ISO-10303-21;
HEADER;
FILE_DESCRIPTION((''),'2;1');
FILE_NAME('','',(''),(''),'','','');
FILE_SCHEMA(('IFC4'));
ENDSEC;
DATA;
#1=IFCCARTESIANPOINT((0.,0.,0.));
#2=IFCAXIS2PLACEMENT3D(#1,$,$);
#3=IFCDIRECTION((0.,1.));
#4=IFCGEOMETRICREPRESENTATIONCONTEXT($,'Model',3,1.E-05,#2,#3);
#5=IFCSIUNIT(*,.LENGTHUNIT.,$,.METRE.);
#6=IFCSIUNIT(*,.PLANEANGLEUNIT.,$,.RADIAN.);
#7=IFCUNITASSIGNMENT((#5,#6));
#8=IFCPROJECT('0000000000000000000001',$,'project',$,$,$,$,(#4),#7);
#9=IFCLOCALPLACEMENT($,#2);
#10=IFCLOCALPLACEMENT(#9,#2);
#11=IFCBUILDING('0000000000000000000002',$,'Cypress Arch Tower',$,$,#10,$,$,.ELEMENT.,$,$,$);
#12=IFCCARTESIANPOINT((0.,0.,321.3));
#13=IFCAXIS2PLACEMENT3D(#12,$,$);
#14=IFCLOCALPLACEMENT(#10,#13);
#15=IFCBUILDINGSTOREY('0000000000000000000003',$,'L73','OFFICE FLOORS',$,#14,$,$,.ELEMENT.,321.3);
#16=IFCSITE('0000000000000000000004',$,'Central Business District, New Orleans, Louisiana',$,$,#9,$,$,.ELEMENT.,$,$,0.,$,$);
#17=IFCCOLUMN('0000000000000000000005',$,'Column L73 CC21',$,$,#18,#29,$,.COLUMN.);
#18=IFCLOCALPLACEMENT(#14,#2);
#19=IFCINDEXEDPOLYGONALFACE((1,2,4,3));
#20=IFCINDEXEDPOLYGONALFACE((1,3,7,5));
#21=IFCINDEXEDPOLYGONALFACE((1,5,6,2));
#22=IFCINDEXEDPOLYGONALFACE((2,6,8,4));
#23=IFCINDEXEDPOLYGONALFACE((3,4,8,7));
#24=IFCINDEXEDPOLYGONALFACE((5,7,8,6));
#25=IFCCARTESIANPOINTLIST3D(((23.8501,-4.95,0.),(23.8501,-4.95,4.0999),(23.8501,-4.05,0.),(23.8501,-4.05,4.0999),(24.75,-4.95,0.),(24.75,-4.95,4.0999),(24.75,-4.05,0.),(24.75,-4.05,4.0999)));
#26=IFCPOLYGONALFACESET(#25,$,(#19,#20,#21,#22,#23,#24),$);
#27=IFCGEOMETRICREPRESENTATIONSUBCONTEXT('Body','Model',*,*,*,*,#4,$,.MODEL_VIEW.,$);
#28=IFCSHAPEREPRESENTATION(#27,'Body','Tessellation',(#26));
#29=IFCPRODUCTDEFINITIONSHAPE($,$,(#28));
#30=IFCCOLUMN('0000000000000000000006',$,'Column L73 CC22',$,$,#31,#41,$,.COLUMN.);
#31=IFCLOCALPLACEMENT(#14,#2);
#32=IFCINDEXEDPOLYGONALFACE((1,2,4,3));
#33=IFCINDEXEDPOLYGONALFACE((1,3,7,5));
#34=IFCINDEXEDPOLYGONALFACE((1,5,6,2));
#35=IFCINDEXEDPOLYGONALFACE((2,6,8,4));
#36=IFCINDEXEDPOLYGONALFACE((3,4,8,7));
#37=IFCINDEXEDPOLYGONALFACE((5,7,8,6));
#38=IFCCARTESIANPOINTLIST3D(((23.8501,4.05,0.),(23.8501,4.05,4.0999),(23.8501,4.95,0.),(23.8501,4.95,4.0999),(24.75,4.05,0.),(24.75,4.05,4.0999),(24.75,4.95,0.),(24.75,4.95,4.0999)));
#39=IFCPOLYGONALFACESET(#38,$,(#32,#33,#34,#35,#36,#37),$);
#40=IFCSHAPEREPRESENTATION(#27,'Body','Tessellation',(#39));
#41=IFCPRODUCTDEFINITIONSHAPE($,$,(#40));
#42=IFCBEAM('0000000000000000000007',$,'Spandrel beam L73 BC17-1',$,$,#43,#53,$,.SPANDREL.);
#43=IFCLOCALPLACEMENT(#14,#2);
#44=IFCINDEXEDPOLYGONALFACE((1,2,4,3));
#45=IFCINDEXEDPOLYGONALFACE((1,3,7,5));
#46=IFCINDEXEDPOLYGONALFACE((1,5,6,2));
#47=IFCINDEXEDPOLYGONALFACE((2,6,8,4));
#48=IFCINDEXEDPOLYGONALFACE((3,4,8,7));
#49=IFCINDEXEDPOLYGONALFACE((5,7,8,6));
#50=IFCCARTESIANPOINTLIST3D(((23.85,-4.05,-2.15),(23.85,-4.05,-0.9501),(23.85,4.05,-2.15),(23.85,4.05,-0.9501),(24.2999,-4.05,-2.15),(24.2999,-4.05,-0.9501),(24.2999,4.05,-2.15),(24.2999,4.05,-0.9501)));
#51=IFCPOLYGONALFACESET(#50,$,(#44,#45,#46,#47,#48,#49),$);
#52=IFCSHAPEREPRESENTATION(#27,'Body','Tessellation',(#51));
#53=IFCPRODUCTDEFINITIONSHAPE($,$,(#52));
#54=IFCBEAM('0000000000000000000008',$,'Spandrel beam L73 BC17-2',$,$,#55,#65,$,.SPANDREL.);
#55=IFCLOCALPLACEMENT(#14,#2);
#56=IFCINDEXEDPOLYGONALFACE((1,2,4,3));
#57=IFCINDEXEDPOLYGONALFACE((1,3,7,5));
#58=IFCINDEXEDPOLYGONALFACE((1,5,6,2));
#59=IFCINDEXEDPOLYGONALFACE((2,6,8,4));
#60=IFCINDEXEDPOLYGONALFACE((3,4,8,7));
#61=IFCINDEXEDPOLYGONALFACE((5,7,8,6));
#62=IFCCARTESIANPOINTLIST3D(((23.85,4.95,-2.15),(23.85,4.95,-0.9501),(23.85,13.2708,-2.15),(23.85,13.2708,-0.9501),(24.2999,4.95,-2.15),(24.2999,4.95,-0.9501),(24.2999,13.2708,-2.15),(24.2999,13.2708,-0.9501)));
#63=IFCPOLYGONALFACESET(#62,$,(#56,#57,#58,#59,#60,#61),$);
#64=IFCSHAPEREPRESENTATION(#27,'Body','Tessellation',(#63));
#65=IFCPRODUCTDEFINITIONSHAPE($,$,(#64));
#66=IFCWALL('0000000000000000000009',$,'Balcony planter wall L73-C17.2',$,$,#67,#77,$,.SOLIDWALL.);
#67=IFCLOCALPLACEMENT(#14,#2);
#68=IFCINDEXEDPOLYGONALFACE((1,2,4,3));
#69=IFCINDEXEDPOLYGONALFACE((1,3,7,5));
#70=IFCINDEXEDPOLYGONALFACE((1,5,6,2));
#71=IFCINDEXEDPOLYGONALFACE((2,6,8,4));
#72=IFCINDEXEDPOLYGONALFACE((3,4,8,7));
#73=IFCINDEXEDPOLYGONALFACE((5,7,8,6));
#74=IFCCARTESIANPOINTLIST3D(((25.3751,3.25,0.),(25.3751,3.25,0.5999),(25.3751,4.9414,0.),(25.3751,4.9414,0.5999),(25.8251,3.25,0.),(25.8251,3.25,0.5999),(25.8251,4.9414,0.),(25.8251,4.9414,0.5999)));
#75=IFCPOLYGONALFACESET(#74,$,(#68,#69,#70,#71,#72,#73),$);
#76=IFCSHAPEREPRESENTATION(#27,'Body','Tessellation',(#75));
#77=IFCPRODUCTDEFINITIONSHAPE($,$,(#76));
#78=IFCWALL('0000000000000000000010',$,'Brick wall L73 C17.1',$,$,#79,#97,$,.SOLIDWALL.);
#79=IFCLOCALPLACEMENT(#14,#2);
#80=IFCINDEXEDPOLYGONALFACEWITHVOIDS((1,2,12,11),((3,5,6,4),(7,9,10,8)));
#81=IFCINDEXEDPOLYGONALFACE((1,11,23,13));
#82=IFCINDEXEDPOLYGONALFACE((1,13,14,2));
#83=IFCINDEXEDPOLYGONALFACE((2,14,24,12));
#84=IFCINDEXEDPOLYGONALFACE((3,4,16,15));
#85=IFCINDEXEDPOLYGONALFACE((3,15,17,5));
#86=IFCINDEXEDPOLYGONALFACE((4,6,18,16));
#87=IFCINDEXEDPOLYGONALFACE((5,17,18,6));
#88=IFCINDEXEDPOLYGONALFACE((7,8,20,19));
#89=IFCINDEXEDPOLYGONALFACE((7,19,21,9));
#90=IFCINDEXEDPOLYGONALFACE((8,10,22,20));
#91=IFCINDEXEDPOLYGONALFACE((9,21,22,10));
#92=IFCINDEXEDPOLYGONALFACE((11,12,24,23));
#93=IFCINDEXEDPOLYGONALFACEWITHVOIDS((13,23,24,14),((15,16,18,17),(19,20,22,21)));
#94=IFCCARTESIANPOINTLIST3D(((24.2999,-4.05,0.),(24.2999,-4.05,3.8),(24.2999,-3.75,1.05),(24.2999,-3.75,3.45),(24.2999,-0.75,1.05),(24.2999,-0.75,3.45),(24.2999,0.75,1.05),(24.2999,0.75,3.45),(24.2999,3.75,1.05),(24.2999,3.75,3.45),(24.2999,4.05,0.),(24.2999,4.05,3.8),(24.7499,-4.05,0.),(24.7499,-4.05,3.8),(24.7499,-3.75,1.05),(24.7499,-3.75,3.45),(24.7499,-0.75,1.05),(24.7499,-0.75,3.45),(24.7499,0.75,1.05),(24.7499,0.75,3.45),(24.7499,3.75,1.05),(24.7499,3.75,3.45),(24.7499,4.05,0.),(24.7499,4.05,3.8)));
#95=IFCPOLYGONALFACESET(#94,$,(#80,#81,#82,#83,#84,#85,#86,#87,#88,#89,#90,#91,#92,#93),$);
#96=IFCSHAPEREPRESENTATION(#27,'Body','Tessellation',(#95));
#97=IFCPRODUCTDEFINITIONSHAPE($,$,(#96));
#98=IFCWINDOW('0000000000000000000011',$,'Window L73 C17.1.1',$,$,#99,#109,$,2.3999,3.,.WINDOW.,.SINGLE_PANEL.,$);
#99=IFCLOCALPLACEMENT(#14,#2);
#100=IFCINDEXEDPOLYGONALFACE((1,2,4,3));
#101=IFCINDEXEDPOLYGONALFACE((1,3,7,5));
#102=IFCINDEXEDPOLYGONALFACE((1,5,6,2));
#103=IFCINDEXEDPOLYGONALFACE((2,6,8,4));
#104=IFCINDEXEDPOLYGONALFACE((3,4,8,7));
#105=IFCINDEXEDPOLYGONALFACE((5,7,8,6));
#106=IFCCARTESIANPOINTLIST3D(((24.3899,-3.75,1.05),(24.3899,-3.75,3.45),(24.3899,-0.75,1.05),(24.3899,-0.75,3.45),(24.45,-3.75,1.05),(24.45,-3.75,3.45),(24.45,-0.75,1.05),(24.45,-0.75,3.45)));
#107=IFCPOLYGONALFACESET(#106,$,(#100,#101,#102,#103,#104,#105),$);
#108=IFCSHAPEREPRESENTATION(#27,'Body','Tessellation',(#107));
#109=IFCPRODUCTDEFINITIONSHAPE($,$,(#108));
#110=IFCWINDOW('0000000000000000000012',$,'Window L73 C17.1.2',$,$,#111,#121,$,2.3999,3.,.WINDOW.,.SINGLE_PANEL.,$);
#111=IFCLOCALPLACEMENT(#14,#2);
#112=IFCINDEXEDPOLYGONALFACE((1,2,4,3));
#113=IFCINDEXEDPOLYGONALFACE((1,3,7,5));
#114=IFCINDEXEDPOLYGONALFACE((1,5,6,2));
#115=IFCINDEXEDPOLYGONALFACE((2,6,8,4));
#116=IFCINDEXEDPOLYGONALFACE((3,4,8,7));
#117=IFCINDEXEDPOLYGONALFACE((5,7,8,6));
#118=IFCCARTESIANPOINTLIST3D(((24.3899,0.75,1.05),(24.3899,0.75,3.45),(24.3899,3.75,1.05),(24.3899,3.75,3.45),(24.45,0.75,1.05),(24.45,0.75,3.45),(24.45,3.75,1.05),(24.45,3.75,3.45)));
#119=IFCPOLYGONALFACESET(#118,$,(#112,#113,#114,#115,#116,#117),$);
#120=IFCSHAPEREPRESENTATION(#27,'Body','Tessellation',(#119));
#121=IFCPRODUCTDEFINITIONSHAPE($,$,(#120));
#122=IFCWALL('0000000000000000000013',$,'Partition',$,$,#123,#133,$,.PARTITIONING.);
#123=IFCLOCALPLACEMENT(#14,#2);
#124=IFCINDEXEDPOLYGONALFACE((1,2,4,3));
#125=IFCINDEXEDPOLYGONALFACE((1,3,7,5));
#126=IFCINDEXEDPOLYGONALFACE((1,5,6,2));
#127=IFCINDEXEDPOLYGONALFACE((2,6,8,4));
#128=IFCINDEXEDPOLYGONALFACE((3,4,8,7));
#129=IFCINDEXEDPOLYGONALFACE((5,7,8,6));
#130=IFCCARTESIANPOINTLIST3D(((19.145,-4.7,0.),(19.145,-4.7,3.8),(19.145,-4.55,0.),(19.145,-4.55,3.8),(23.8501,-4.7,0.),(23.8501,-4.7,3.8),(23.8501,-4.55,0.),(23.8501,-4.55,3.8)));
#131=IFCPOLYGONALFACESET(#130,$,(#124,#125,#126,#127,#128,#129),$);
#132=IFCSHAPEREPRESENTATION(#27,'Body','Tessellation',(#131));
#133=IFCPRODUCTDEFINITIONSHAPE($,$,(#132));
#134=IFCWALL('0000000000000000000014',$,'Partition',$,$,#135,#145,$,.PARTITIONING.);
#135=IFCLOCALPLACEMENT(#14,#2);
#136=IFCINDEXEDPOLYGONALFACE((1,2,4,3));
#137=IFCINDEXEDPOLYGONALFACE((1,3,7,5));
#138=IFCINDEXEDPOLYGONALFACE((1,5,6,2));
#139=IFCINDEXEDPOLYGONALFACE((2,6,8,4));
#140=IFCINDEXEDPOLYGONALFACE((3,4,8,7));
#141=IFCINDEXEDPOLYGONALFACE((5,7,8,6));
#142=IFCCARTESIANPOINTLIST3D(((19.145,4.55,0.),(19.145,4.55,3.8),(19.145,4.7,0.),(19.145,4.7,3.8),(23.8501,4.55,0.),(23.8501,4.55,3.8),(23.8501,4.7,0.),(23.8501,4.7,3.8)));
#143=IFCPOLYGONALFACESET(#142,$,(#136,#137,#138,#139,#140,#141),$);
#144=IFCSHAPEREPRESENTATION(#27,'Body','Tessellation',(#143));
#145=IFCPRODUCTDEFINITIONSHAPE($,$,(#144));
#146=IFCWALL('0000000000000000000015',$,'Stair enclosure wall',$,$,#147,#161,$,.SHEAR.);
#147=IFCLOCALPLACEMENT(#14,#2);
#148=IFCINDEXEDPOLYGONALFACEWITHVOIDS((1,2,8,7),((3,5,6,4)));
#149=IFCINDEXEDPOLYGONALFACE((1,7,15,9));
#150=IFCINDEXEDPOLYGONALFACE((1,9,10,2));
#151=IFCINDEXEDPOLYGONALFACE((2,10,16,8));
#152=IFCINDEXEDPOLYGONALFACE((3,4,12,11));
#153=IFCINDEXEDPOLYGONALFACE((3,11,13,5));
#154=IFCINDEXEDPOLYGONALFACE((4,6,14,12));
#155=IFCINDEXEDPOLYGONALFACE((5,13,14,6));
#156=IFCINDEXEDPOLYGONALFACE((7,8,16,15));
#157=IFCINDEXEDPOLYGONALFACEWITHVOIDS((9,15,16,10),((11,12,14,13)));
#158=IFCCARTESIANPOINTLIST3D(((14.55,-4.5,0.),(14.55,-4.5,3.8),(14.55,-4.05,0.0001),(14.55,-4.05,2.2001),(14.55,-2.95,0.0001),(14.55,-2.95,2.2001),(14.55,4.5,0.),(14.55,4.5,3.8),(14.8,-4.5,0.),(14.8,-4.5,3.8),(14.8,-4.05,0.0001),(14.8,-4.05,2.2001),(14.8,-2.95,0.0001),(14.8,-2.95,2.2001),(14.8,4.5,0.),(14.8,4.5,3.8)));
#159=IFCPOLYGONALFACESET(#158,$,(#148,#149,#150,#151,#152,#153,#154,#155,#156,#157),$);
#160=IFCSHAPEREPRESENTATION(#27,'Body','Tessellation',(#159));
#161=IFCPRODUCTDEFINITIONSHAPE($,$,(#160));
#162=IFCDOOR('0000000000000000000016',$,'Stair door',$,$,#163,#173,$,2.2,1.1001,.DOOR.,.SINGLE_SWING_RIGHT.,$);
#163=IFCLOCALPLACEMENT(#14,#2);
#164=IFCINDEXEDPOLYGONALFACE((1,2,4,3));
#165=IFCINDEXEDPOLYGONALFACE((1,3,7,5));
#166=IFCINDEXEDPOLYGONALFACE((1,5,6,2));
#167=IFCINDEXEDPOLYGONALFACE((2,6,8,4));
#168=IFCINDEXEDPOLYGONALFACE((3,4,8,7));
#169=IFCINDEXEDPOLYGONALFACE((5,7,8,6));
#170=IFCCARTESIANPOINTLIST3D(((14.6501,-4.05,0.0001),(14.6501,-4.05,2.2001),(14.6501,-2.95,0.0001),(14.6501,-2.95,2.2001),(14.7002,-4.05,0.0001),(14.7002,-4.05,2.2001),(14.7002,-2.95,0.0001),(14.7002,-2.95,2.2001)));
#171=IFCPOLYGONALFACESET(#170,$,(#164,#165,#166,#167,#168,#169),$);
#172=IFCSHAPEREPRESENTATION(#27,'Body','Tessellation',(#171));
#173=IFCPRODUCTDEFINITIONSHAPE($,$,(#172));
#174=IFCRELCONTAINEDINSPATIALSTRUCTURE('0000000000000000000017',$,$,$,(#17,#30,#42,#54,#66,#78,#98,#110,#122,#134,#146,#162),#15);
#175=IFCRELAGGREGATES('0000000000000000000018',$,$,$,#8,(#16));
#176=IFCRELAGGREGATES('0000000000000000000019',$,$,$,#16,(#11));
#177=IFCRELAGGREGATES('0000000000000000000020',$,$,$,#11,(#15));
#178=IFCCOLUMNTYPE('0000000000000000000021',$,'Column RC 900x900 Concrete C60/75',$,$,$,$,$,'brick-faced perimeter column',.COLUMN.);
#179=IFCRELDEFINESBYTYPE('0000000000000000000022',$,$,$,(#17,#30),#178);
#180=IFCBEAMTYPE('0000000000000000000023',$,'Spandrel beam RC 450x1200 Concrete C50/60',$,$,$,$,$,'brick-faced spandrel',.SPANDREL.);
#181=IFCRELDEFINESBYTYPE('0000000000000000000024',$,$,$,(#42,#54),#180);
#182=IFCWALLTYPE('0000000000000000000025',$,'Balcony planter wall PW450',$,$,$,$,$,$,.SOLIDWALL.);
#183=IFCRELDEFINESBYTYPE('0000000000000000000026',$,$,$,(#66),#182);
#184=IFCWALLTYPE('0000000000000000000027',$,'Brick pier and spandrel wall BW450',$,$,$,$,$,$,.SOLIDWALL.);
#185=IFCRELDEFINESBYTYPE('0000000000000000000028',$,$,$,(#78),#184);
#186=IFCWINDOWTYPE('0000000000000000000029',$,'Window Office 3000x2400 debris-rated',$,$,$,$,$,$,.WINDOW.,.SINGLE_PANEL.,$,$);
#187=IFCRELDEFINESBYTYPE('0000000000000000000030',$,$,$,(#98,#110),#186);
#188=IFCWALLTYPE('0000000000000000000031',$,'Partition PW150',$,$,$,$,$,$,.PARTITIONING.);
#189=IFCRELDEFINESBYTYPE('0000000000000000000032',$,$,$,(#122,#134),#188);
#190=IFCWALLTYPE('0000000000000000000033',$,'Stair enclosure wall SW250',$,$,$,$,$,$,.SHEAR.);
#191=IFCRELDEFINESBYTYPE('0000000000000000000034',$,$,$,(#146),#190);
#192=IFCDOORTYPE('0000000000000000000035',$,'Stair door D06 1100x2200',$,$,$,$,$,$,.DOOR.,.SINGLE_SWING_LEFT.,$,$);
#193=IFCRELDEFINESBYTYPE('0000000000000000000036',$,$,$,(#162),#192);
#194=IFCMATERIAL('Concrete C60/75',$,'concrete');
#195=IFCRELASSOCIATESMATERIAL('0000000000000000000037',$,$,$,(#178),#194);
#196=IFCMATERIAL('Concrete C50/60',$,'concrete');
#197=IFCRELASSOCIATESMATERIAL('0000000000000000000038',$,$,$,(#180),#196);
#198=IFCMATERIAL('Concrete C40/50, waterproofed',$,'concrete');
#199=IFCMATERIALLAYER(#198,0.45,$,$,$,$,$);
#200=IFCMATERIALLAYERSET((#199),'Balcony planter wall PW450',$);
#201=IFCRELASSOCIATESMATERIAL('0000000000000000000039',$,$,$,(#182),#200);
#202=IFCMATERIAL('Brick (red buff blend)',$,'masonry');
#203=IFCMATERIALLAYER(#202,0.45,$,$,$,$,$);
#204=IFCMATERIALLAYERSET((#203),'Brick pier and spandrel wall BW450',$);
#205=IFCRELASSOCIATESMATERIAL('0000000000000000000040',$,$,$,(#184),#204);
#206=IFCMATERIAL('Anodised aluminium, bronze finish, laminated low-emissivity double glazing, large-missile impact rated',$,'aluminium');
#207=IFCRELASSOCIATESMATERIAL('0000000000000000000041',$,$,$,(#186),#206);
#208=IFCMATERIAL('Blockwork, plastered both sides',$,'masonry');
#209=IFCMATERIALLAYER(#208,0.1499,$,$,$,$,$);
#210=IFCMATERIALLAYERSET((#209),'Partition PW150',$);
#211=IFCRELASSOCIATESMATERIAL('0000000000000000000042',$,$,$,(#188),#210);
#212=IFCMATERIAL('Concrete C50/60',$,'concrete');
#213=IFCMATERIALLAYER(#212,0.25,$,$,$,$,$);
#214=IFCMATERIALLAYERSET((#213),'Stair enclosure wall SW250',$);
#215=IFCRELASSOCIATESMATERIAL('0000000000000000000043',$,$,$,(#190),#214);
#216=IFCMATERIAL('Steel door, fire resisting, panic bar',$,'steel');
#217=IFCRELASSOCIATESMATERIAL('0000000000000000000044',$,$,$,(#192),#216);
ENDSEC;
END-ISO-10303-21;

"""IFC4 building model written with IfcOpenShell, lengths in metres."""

from ifc_helpers import new_model, si_unit, direction, frame, frame_2d, origin, origin_2d, place, context, subcontext, project, spatial, rectangle, extrude, material, layer, layer_set, material_profile, profile_set, type_object, element, fill, save


model = new_model("IFC4")

# Units and contexts
model_context = context("Model", 3, precision=1e-05, world=origin(), true_north=direction((0.0, 1.0)))
body_context = subcontext(model_context, "Body", "Model", "MODEL_VIEW")
ifc_project = project(units=[si_unit("LENGTHUNIT", "METRE"), si_unit("PLANEANGLEUNIT", "RADIAN")], contexts=[model_context])

# Site, building, storey
site_placement = place(None, origin())
site = spatial("IfcSite", under=ifc_project, at=site_placement, Name="Central Business District, New Orleans, Louisiana", CompositionType="ELEMENT", RefElevation=0.0)
building_placement = place(site_placement, origin())
building = spatial("IfcBuilding", under=site, at=building_placement, Name="Cypress Arch Tower", CompositionType="ELEMENT")
storey_placement = place(building_placement, frame((0.0, 0.0, 321.3)))
storey = spatial("IfcBuildingStorey", under=building, at=storey_placement, Name="L73", Description="OFFICE FLOORS", CompositionType="ELEMENT", Elevation=321.3)

# Columns
ifc_material_1 = material(Name="Concrete C60/75", Category="concrete")
ifc_material_profile_1 = material_profile(ifc_material_1, rectangle(XDim=0.8999, YDim=0.8999, at=origin_2d()), Name="RC 900x900")
ifc_profile_set_1 = profile_set([ifc_material_profile_1], Name="Concrete C60/75")
column_type = type_object("IfcColumnType", Name="Column RC 900x900 Concrete C60/75", ElementType="brick-faced perimeter column", PredefinedType="COLUMN", material=ifc_profile_set_1)
for number, where, z_axis, x_axis, name in (
    (1, (24.3, -4.5, 0.0), (0.0, 0.0, 1.0), (0.0, 1.0, 0.0), "Column L73 CC21"),
    (2, (24.3, 4.5, 0.0), (0.0, 0.0, 1.0), (0.0, 1.0, 0.0), "Column L73 CC22"),
):
    element("IfcColumn", number, at=place(storey_placement, frame(where, z_axis=z_axis, x_axis=x_axis)), inside=storey, type_object=column_type, Name=name, PredefinedType="COLUMN", context=body_context, shape_type="SweptSolid", body=[
        extrude(rectangle(XDim=0.8999, YDim=0.8999, at=origin_2d()), origin(), (0.0, 0.0, 1.0), 4.0999),
    ])

# Beams
ifc_material_2 = material(Name="Concrete C50/60", Category="concrete")
ifc_material_profile_2 = material_profile(ifc_material_2, rectangle(XDim=0.45, YDim=1.2, at=origin_2d()), Name="RC 450x1200")
ifc_profile_set_2 = profile_set([ifc_material_profile_2], Name="Concrete C50/60")
beam_type = type_object("IfcBeamType", Name="Spandrel beam RC 450x1200 Concrete C50/60", ElementType="brick-faced spandrel", PredefinedType="SPANDREL", material=ifc_profile_set_2)
beam_1_placement = place(storey_placement, frame((24.075, -4.05, -1.55), z_axis=(0.0, 1.0, 0.0), x_axis=(-1.0, 0.0, 0.0)))
element("IfcBeam", 3, at=beam_1_placement, inside=storey, type_object=beam_type, Name="Spandrel beam L73 BC17-1", PredefinedType="SPANDREL", context=body_context, shape_type="SweptSolid", body=[
    extrude(rectangle(XDim=0.45, YDim=1.2, at=origin_2d()), origin(), (0.0, 0.0, 1.0), 8.1001),
])
beam_2_placement = place(storey_placement, frame((24.075, 4.95, -1.55), z_axis=(0.0, 1.0, 0.0), x_axis=(-1.0, 0.0, 0.0)))
element("IfcBeam", 4, at=beam_2_placement, inside=storey, type_object=beam_type, Name="Spandrel beam L73 BC17-2", PredefinedType="SPANDREL", context=body_context, shape_type="SweptSolid", body=[
    extrude(rectangle(XDim=0.45, YDim=1.2, at=origin_2d()), origin(), (0.0, 0.0, 1.0), 8.3208),
])

# Wall
ifc_material_3 = material(Name="Concrete C40/50, waterproofed", Category="concrete")
ifc_layer_1 = layer(ifc_material_3, 0.45)
ifc_layer_set_1 = layer_set([ifc_layer_1], Name="Balcony planter wall PW450")
wall_type_1 = type_object("IfcWallType", Name="Balcony planter wall PW450", PredefinedType="SOLIDWALL", material=ifc_layer_set_1)
wall_1_placement = place(storey_placement, frame((25.6001, 3.25, 0.0), z_axis=(0.0, 0.0, 1.0), x_axis=(0.0, 1.0, 0.0)))
element("IfcWall", 5, at=wall_1_placement, inside=storey, type_object=wall_type_1, Name="Balcony planter wall L73-C17.2", PredefinedType="SOLIDWALL", context=body_context, shape_type="SweptSolid", body=[
    extrude(rectangle(XDim=1.6914, YDim=0.45, at=frame_2d((0.8457, 0.0))), origin(), (0.0, 0.0, 1.0), 0.5999),
])

# Wall, openings, windows
ifc_material_4 = material(Name="Brick (red buff blend)", Category="masonry")
ifc_layer_2 = layer(ifc_material_4, 0.45)
ifc_layer_set_2 = layer_set([ifc_layer_2], Name="Brick pier and spandrel wall BW450")
wall_type_2 = type_object("IfcWallType", Name="Brick pier and spandrel wall BW450", PredefinedType="SOLIDWALL", material=ifc_layer_set_2)
wall_2_placement = place(storey_placement, frame((24.5249, -4.05, 0.0), z_axis=(0.0, 0.0, 1.0), x_axis=(0.0, 1.0, 0.0)))
wall_2 = element("IfcWall", 6, at=wall_2_placement, inside=storey, type_object=wall_type_2, Name="Brick wall L73 C17.1", PredefinedType="SOLIDWALL", context=body_context, shape_type="SweptSolid", body=[
    extrude(rectangle(XDim=8.1001, YDim=0.45, at=frame_2d((4.05, 0.0))), origin(), (0.0, 0.0, 1.0), 3.8),
])
opening_1_placement = place(wall_2_placement, frame((0.3, 0.0, 1.05)))
opening_1 = element("IfcOpeningElement", 7, at=opening_1_placement, cuts=wall_2, PredefinedType="OPENING", context=body_context, shape_type="SweptSolid", body=[
    extrude(rectangle(XDim=3.0, YDim=2.3999, at=frame_2d((1.5, 1.2))), frame((0.0, 0.2349, 0.0), z_axis=(0.0, -1.0, 0.0), x_axis=(1.0, 0.0, 0.0)), (0.0, 0.0, 1.0), 0.47),
])
opening_2_placement = place(wall_2_placement, frame((4.8, 0.0, 1.05)))
opening_2 = element("IfcOpeningElement", 8, at=opening_2_placement, cuts=wall_2, PredefinedType="OPENING", context=body_context, shape_type="SweptSolid", body=[
    extrude(rectangle(XDim=3.0, YDim=2.3999, at=frame_2d((1.5, 1.2))), frame((0.0, 0.2349, 0.0), z_axis=(0.0, -1.0, 0.0), x_axis=(1.0, 0.0, 0.0)), (0.0, 0.0, 1.0), 0.47),
])
ifc_material_5 = material(Name="Anodised aluminium, bronze finish, laminated low-emissivity double glazing, large-missile impact rated", Category="aluminium")
window_type_1 = type_object("IfcWindowType", Name="Window Office 3000x2400 debris-rated", PartitioningType="SINGLE_PANEL", PredefinedType="WINDOW", material=ifc_material_5)
window_1_placement = place(opening_1_placement, origin())
window_1 = element("IfcWindow", 9, at=window_1_placement, inside=storey, type_object=window_type_1, Name="Window L73 C17.1.1", OverallHeight=2.3999, OverallWidth=3.0, PartitioningType="SINGLE_PANEL", PredefinedType="WINDOW", context=body_context, shape_type="SweptSolid", body=[
    extrude(rectangle(XDim=3.0, YDim=2.3999, at=frame_2d((1.5, 1.2))), frame((0.0, 0.135, 0.0), z_axis=(0.0, -1.0, 0.0), x_axis=(1.0, 0.0, 0.0)), (0.0, 0.0, 1.0), 0.0601),
])
fill(opening_1, window_1)
window_2_placement = place(opening_2_placement, origin())
window_2 = element("IfcWindow", 10, at=window_2_placement, inside=storey, type_object=window_type_1, Name="Window L73 C17.1.2", OverallHeight=2.3999, OverallWidth=3.0, PartitioningType="SINGLE_PANEL", PredefinedType="WINDOW", context=body_context, shape_type="SweptSolid", body=[
    extrude(rectangle(XDim=3.0, YDim=2.3999, at=frame_2d((1.5, 1.2))), frame((0.0, 0.135, 0.0), z_axis=(0.0, -1.0, 0.0), x_axis=(1.0, 0.0, 0.0)), (0.0, 0.0, 1.0), 0.0601),
])
fill(opening_2, window_2)

# Walls
ifc_material_6 = material(Name="Blockwork, plastered both sides", Category="masonry")
ifc_layer_3 = layer(ifc_material_6, 0.1499)
ifc_layer_set_3 = layer_set([ifc_layer_3], Name="Partition PW150")
wall_type_3 = type_object("IfcWallType", Name="Partition PW150", PredefinedType="PARTITIONING", material=ifc_layer_set_3)
for number, where, z_axis, x_axis, name in (
    (11, (19.145, -4.625, 0.0), (0.0, 0.0, 1.0), (1.0, 0.0, 0.0), "Partition"),
    (12, (19.145, 4.625, 0.0), (0.0, 0.0, 1.0), (1.0, 0.0, 0.0), "Partition"),
):
    element("IfcWall", number, at=place(storey_placement, frame(where, z_axis=z_axis, x_axis=x_axis)), inside=storey, type_object=wall_type_3, Name=name, PredefinedType="PARTITIONING", context=body_context, shape_type="SweptSolid", body=[
        extrude(rectangle(XDim=4.7051, YDim=0.1499, at=frame_2d((2.3525, 0.0))), origin(), (0.0, 0.0, 1.0), 3.8),
    ])

# Wall, opening, door
ifc_material_7 = material(Name="Concrete C50/60", Category="concrete")
ifc_layer_4 = layer(ifc_material_7, 0.25)
ifc_layer_set_4 = layer_set([ifc_layer_4], Name="Stair enclosure wall SW250")
wall_type_4 = type_object("IfcWallType", Name="Stair enclosure wall SW250", PredefinedType="SHEAR", material=ifc_layer_set_4)
wall_3_placement = place(storey_placement, frame((14.675, -4.5, 0.0), z_axis=(0.0, 0.0, 1.0), x_axis=(0.0, 1.0, 0.0)))
wall_3 = element("IfcWall", 13, at=wall_3_placement, inside=storey, type_object=wall_type_4, Name="Stair enclosure wall", PredefinedType="SHEAR", context=body_context, shape_type="SweptSolid", body=[
    extrude(rectangle(XDim=9.0, YDim=0.25, at=frame_2d((4.5, 0.0))), origin(), (0.0, 0.0, 1.0), 3.8),
])
opening_3_placement = place(wall_3_placement, frame((0.45, 0.0, 0.0)))
opening_3 = element("IfcOpeningElement", 14, at=opening_3_placement, cuts=wall_3, PredefinedType="OPENING", context=body_context, shape_type="SweptSolid", body=[
    extrude(rectangle(XDim=1.1001, YDim=2.2, at=frame_2d((0.55, 1.1001))), frame((0.0, 0.135, 0.0), z_axis=(0.0, -1.0, 0.0), x_axis=(1.0, 0.0, 0.0)), (0.0, 0.0, 1.0), 0.27),
])
ifc_material_8 = material(Name="Steel door, fire resisting, panic bar", Category="steel")
door_type_1 = type_object("IfcDoorType", Name="Stair door D06 1100x2200", OperationType="SINGLE_SWING_LEFT", PredefinedType="DOOR", material=ifc_material_8)
door_1_placement = place(opening_3_placement, origin())
door_1 = element("IfcDoor", 15, at=door_1_placement, inside=storey, type_object=door_type_1, Name="Stair door", OperationType="SINGLE_SWING_RIGHT", OverallHeight=2.2, OverallWidth=1.1001, PredefinedType="DOOR", context=body_context, shape_type="SweptSolid", body=[
    extrude(rectangle(XDim=1.1001, YDim=2.2, at=frame_2d((0.55, 1.1001))), frame((0.0, 0.0249, 0.0), z_axis=(0.0, -1.0, 0.0), x_axis=(1.0, 0.0, 0.0)), (0.0, 0.0, 1.0), 0.05),
])
fill(opening_3, door_1)

save(model, "model.ifc")
